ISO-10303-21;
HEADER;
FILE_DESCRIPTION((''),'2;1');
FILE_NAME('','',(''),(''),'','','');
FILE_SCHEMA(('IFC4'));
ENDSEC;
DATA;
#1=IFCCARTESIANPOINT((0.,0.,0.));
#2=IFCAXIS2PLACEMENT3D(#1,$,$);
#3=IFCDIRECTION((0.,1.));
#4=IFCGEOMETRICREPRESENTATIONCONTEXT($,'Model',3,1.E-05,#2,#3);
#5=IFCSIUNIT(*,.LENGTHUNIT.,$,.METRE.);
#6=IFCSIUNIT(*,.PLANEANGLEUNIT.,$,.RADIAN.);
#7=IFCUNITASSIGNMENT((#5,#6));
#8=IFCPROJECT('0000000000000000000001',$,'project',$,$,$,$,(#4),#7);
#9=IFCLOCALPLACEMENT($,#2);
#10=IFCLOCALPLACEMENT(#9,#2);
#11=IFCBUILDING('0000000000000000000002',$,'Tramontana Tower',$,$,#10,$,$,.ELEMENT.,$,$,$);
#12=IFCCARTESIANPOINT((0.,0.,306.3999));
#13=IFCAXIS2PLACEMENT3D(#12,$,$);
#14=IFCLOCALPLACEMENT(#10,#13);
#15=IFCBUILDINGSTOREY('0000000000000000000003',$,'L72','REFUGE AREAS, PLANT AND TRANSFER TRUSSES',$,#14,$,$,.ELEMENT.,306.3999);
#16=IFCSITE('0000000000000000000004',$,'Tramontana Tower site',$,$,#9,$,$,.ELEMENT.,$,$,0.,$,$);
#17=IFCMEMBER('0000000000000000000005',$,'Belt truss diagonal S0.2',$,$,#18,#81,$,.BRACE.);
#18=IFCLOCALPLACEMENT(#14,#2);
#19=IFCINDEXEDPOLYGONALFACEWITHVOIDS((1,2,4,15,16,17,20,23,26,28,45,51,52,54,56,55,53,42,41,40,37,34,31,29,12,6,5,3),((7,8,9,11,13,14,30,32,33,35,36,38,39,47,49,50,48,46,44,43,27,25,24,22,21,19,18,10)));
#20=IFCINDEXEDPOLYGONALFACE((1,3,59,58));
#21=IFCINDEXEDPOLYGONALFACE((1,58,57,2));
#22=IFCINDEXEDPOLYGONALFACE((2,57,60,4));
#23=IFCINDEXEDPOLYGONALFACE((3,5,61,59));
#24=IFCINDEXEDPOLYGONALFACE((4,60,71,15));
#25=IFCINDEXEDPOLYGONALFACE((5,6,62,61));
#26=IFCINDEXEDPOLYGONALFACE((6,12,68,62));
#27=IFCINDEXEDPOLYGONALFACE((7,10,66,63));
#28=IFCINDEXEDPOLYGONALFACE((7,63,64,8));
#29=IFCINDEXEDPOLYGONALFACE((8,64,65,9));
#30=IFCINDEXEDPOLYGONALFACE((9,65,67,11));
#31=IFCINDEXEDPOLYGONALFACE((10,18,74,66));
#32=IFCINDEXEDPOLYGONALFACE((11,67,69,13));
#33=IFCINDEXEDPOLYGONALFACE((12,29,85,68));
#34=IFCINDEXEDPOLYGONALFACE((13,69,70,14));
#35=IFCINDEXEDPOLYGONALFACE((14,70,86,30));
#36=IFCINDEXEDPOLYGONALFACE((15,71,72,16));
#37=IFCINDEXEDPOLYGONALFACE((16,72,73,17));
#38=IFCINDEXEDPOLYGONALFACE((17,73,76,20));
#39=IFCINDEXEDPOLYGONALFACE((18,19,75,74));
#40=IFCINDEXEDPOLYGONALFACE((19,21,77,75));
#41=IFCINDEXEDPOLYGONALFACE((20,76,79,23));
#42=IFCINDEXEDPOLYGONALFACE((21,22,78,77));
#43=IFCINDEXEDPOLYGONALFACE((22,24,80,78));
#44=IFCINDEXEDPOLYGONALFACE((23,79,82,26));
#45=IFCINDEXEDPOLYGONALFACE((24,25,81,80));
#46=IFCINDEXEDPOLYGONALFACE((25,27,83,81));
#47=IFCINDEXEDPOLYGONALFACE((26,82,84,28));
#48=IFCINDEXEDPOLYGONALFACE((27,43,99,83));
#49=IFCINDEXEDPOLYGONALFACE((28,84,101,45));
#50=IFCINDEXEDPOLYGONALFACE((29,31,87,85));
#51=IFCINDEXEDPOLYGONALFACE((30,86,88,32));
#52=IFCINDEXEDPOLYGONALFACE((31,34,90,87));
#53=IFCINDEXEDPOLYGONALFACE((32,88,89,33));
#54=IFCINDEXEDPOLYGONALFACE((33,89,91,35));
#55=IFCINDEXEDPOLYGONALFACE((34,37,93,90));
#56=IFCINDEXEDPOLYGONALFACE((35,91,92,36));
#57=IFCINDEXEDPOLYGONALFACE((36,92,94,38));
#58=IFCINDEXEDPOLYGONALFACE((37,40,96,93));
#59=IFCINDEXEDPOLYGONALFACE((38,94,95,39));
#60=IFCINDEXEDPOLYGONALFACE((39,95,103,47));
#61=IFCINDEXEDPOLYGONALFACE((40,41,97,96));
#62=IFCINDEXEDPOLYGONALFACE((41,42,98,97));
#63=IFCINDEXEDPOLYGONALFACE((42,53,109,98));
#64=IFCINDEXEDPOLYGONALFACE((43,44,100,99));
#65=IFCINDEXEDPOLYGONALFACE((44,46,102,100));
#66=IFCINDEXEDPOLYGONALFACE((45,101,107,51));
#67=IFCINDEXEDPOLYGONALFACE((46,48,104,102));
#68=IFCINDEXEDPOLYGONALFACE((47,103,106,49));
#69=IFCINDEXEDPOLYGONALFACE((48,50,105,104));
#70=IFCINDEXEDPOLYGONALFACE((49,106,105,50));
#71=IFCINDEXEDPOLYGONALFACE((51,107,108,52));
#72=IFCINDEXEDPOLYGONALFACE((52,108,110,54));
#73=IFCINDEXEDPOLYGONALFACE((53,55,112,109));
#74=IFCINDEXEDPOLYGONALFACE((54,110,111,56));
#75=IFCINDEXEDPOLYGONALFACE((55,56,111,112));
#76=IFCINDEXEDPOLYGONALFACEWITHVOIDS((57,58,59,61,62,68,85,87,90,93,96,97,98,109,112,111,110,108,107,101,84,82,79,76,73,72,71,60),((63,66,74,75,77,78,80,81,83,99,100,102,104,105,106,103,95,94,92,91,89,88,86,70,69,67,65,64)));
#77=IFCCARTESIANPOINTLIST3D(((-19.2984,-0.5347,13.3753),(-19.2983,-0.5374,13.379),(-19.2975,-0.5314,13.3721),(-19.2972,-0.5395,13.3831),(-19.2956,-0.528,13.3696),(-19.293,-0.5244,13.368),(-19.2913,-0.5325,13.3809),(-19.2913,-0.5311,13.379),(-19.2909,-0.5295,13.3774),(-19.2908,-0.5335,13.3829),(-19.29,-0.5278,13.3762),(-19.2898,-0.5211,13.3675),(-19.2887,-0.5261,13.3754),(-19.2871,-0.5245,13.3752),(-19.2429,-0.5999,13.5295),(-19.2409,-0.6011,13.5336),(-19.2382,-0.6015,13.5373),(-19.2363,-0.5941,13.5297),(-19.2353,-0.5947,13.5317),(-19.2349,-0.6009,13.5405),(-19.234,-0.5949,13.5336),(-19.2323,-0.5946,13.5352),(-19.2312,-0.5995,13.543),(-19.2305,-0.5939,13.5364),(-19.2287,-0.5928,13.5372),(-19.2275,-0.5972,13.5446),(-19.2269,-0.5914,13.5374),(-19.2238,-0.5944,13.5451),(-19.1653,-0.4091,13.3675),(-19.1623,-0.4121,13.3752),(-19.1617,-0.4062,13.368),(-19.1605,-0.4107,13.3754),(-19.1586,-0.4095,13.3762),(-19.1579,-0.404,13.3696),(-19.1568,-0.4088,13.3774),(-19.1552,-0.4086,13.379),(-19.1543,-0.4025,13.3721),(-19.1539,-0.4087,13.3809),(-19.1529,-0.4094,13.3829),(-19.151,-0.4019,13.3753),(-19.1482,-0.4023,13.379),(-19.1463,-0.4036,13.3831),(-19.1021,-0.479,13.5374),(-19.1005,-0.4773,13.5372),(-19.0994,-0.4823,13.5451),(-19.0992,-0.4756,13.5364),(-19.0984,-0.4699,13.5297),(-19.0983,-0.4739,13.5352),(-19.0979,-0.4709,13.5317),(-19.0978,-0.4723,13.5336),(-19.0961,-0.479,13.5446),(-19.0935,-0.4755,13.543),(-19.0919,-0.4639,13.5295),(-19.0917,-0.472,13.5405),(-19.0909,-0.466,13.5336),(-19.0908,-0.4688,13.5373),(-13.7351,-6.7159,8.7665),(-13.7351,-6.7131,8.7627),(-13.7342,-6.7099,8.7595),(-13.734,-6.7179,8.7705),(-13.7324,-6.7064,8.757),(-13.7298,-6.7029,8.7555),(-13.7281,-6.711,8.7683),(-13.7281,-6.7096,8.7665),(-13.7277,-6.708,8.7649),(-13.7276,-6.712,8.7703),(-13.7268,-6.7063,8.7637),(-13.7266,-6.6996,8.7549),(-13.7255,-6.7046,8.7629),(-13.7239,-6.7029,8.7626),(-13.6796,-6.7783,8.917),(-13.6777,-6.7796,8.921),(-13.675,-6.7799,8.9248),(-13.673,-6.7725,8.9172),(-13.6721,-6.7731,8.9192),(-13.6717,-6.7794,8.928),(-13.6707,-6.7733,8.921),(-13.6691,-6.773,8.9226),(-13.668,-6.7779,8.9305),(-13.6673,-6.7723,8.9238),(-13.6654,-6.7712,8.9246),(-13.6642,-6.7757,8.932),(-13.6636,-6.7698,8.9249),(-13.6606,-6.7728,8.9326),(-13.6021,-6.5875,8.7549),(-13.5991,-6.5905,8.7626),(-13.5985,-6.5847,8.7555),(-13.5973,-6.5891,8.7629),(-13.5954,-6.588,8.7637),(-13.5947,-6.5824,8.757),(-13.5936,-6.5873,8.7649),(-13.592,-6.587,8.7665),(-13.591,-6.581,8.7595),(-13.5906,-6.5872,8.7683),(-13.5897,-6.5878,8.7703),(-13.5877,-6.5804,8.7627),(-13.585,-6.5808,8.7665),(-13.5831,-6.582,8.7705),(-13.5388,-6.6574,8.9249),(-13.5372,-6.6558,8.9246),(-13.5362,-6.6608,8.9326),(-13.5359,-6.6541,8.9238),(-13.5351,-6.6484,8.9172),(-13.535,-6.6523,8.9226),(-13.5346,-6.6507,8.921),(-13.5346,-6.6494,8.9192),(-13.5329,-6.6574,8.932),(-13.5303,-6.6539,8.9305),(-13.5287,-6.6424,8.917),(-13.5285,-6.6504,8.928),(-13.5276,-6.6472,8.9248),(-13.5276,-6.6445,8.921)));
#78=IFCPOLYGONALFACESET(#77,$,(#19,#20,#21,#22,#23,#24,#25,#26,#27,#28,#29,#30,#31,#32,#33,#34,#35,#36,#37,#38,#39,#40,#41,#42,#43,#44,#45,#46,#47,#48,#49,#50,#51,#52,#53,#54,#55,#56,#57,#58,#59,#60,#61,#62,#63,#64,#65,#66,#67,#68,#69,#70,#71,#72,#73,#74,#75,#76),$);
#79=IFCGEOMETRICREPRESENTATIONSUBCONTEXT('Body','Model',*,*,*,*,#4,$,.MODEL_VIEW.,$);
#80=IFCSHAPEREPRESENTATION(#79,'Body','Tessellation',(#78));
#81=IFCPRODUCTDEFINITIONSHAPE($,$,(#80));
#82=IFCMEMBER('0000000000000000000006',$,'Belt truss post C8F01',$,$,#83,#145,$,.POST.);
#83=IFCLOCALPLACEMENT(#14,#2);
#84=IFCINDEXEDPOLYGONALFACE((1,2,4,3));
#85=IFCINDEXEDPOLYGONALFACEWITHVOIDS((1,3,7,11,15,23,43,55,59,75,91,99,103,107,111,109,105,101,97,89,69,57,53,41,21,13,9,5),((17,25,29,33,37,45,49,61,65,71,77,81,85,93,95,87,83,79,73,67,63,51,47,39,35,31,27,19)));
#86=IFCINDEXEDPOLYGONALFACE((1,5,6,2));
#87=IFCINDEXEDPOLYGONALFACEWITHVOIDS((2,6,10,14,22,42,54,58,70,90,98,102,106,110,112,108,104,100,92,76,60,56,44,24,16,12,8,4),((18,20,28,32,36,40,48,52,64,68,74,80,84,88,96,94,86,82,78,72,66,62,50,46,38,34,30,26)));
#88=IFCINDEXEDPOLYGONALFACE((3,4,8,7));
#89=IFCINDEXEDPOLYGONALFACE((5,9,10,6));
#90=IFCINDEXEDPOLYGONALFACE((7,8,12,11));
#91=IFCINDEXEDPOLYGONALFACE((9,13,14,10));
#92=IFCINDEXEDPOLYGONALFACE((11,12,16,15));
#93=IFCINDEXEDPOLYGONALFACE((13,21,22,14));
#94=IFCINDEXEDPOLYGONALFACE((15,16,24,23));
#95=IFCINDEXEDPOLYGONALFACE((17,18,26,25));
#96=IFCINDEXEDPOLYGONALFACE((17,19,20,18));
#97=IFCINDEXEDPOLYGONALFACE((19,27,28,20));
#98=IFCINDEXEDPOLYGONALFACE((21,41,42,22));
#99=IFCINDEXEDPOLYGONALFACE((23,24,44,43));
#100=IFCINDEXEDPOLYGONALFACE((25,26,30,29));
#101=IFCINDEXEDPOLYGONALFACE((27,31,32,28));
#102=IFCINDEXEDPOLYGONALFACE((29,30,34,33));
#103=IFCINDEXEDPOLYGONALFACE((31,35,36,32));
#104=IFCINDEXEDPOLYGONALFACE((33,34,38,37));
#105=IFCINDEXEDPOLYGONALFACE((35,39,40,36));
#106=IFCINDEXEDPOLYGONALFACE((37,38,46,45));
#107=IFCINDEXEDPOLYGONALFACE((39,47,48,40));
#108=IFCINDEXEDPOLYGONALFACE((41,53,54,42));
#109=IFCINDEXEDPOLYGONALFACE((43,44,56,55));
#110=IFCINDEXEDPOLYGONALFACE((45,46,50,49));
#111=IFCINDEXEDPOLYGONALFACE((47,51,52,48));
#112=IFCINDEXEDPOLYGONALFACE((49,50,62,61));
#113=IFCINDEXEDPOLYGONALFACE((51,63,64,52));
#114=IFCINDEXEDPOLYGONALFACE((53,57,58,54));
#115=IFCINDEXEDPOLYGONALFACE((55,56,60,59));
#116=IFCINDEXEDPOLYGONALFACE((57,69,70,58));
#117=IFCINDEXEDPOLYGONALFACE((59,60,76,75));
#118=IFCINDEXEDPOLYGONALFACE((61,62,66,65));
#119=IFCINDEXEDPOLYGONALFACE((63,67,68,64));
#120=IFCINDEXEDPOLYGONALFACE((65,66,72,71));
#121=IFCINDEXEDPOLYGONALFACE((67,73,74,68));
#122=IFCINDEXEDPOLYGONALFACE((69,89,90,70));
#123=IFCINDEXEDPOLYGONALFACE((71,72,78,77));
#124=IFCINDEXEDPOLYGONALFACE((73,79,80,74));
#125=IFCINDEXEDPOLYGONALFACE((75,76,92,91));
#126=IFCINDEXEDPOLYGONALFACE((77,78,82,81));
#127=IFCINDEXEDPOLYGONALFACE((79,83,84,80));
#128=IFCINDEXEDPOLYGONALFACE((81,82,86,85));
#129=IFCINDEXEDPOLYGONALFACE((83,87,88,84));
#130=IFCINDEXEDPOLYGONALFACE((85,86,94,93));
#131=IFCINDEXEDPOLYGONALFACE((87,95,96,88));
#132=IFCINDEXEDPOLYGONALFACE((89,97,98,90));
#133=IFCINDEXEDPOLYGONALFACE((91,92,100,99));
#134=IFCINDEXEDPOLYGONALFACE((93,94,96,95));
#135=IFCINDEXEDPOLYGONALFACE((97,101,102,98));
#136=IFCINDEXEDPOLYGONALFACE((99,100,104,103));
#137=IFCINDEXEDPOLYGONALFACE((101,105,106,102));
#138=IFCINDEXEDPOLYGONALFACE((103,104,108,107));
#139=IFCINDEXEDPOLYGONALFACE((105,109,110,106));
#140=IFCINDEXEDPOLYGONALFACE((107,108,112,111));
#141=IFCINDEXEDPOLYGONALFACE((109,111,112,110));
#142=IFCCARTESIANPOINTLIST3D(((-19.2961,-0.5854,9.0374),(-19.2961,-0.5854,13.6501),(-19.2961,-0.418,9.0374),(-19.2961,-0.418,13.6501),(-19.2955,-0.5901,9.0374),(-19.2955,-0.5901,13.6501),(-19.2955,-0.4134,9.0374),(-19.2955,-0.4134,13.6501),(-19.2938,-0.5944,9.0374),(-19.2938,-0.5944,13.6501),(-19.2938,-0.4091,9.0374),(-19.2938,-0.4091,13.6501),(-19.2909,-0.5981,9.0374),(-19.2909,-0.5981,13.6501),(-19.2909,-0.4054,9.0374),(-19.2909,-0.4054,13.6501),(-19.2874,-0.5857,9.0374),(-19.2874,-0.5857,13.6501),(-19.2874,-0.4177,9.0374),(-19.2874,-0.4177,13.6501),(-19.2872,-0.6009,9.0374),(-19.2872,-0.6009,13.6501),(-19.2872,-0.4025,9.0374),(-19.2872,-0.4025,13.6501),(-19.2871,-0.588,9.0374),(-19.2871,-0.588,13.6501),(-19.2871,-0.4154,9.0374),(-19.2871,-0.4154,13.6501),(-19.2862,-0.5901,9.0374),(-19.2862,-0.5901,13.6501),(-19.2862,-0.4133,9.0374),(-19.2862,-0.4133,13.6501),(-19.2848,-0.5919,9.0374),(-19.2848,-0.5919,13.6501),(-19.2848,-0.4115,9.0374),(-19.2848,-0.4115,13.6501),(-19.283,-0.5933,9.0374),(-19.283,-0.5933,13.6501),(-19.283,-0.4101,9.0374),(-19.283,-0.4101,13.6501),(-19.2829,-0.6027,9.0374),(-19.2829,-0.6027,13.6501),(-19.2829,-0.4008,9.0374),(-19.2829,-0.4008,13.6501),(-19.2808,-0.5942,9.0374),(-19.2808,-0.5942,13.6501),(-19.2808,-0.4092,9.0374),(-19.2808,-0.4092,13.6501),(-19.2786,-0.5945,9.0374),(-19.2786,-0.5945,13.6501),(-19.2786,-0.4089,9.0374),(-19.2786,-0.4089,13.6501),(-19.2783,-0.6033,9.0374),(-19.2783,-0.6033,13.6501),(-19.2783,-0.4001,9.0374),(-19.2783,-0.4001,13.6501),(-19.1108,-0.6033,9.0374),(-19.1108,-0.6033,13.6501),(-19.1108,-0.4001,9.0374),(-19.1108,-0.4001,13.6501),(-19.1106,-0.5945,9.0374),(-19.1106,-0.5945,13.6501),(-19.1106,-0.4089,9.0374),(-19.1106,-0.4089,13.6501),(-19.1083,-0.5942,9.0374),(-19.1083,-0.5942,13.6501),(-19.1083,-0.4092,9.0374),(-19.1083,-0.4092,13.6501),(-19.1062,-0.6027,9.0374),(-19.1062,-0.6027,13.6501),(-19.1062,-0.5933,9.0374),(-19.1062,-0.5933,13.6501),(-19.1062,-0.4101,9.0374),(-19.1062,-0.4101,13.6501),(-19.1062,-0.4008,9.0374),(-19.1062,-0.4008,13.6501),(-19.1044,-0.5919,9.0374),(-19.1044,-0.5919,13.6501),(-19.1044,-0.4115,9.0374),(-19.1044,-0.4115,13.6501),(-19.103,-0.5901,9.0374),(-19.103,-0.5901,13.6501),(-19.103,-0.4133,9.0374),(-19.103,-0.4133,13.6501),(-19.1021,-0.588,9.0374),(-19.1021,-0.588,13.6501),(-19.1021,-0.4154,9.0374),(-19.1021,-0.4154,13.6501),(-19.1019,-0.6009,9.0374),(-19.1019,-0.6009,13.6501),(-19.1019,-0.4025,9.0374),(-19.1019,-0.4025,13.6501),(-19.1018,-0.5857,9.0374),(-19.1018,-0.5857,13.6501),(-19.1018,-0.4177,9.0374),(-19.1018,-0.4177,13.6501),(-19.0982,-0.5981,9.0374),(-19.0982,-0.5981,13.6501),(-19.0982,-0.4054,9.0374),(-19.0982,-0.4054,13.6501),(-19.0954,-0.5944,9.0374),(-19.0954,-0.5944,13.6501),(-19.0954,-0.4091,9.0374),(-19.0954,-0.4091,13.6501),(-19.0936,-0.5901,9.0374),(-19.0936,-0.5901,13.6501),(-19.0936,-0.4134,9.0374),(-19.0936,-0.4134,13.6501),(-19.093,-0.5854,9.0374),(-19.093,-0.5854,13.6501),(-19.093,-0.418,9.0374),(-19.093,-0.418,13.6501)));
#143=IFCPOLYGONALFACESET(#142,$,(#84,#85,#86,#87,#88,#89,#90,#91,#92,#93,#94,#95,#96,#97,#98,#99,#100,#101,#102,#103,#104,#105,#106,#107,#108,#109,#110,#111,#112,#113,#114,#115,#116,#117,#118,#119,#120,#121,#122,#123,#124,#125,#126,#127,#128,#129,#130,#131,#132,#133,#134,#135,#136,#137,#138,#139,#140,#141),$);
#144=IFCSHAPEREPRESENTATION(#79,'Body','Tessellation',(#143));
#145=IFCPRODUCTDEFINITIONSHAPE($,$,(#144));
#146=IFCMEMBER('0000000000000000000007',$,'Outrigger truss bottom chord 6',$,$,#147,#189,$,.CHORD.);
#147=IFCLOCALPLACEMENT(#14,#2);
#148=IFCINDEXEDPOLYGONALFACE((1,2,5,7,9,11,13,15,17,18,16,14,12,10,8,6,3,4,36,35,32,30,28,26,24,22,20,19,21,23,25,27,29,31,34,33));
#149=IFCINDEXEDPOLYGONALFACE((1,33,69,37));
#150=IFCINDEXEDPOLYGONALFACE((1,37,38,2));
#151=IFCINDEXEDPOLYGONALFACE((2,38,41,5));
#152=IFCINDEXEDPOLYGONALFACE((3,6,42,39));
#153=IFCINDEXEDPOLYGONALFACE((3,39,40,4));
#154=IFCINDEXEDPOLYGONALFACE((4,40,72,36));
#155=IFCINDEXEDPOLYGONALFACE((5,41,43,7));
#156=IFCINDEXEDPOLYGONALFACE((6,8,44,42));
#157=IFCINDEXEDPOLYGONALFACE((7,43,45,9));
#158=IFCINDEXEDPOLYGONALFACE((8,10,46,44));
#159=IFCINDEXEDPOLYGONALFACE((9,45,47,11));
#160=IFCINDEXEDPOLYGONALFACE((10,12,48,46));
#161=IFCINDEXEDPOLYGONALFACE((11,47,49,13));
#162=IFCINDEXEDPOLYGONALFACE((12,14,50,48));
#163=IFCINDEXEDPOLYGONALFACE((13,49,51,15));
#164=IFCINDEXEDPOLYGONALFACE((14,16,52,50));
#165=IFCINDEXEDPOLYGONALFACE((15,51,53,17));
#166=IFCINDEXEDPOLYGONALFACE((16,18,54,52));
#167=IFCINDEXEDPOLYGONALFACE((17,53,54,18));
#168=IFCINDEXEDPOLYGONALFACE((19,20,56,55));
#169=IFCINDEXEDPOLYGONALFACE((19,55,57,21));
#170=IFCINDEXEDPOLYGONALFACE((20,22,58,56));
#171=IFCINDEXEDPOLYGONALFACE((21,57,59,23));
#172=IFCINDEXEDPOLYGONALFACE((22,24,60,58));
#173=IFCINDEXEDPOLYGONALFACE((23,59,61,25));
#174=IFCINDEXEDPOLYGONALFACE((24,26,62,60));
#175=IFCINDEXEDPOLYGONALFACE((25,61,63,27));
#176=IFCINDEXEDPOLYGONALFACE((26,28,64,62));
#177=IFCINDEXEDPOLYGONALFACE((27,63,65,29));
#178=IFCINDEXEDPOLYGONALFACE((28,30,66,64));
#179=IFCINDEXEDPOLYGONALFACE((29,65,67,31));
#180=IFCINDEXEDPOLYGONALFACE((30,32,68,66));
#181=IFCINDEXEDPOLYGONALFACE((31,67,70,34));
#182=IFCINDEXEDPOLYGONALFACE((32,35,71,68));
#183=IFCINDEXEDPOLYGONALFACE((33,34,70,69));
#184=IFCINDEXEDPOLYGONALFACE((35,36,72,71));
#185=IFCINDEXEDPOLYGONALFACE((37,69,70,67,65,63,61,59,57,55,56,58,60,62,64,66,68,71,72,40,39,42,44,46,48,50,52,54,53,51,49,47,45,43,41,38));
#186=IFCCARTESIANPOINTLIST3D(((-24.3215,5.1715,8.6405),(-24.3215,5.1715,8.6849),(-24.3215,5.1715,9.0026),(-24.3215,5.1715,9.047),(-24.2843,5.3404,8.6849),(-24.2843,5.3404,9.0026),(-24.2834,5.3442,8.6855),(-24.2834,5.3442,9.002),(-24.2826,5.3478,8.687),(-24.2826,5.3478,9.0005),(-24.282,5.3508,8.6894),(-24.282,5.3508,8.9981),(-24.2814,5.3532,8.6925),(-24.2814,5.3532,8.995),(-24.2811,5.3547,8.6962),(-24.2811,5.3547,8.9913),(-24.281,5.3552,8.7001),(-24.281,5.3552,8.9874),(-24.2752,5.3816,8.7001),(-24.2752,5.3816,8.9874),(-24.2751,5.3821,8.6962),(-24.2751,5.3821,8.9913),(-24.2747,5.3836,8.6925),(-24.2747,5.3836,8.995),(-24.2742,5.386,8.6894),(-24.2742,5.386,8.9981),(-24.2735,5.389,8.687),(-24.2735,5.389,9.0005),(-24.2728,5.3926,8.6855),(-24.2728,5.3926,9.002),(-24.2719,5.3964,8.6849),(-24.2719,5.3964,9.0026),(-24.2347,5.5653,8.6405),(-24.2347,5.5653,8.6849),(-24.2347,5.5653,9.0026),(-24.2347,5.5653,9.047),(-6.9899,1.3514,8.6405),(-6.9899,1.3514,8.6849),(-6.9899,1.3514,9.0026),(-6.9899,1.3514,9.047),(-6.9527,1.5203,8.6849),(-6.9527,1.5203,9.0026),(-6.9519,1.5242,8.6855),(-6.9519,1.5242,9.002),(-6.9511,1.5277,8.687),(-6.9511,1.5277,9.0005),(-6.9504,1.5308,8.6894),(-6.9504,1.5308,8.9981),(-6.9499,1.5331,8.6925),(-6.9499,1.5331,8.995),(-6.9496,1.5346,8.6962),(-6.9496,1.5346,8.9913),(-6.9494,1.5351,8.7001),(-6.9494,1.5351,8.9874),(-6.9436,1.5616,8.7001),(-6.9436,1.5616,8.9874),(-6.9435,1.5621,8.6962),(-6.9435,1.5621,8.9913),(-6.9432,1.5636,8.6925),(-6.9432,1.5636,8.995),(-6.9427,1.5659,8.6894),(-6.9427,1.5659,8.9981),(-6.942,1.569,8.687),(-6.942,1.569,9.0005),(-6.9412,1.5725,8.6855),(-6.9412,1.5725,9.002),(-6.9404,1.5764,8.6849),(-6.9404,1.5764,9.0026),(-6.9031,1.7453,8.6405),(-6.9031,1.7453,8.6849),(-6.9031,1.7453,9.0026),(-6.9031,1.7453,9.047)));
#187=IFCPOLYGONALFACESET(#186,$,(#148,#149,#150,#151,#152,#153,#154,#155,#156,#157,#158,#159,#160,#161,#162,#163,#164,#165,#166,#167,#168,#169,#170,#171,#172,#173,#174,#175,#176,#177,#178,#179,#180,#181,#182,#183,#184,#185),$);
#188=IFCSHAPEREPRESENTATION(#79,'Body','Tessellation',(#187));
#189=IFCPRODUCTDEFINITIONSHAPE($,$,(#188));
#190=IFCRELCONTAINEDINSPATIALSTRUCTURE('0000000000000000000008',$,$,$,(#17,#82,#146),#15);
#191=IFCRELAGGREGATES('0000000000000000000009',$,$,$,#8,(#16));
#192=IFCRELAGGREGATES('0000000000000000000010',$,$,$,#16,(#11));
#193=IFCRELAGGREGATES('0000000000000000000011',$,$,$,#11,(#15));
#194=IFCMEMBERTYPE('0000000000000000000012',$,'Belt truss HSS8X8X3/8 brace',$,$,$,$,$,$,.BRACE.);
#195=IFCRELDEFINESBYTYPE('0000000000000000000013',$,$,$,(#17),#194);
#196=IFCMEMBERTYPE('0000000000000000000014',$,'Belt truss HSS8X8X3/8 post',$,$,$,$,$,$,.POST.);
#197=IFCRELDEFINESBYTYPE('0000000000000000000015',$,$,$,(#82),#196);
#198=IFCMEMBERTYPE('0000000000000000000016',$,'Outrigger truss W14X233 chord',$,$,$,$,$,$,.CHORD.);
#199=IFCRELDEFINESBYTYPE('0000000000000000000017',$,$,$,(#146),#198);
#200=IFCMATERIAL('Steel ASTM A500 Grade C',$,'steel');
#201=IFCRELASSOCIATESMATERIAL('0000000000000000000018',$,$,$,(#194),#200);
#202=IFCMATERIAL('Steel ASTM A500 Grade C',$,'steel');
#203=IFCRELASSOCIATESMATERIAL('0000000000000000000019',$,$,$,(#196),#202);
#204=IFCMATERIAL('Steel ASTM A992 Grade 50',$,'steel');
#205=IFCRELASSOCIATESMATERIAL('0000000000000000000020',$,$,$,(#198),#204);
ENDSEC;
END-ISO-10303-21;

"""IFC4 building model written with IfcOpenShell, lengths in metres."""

from ifc_helpers import new_model, si_unit, direction, frame, origin, origin_2d, place, context, subcontext, project, spatial, hollow_rectangle, i_section, extrude, material, material_profile, profile_set, type_object, element, save


model = new_model("IFC4")

# Units and contexts
model_context = context("Model", 3, precision=1e-05, world=origin(), true_north=direction((0.0, 1.0)))
body_context = subcontext(model_context, "Body", "Model", "MODEL_VIEW")
ifc_project = project(units=[si_unit("LENGTHUNIT", "METRE"), si_unit("PLANEANGLEUNIT", "RADIAN")], contexts=[model_context])

# Site, building, storey
site_placement = place(None, origin())
site = spatial("IfcSite", under=ifc_project, at=site_placement, Name="Tramontana Tower site", CompositionType="ELEMENT", RefElevation=0.0)
building_placement = place(site_placement, origin())
building = spatial("IfcBuilding", under=site, at=building_placement, Name="Tramontana Tower", CompositionType="ELEMENT")
storey_placement = place(building_placement, frame((0.0, 0.0, 306.3999)))
storey = spatial("IfcBuildingStorey", under=building, at=storey_placement, Name="L72", Description="REFUGE AREAS, PLANT AND TRANSFER TRUSSES", CompositionType="ELEMENT", Elevation=306.3999)

# Members
ifc_material_1 = material(Name="Steel ASTM A500 Grade C", Category="steel")
ifc_material_profile_1 = material_profile(ifc_material_1, hollow_rectangle(XDim=0.2031, YDim=0.2031, WallThickness=0.0088, InnerFilletRadius=0.0088, OuterFilletRadius=0.0178, at=origin_2d()), Name="HSS8X8X3/8")
ifc_profile_set_1 = profile_set([ifc_material_profile_1], Name="Steel ASTM A500 Grade C")
member_type_1 = type_object("IfcMemberType", Name="Belt truss HSS8X8X3/8 brace", PredefinedType="BRACE", material=ifc_profile_set_1)
member_1_placement = place(storey_placement, frame((-19.1946, -0.5017, 13.4563), z_axis=(0.585122, -0.64983, -0.485132), x_axis=(0.743138, 0.669138, 0.0)))
element("IfcMember", 1, at=member_1_placement, inside=storey, type_object=member_type_1, Name="Belt truss diagonal S0.2", PredefinedType="BRACE", context=body_context, shape_type="SweptSolid", body=[
    extrude(hollow_rectangle(XDim=0.2031, YDim=0.2031, WallThickness=0.0088, InnerFilletRadius=0.0088, OuterFilletRadius=0.0178, at=origin_2d()), origin(), (0.0, 0.0, 1.0), 9.5078),
])
ifc_material_2 = material(Name="Steel ASTM A500 Grade C", Category="steel")
ifc_material_profile_2 = material_profile(ifc_material_2, hollow_rectangle(XDim=0.2031, YDim=0.2031, WallThickness=0.0088, InnerFilletRadius=0.0088, OuterFilletRadius=0.0178, at=origin_2d()), Name="HSS8X8X3/8")
ifc_profile_set_2 = profile_set([ifc_material_profile_2], Name="Steel ASTM A500 Grade C")
member_type_2 = type_object("IfcMemberType", Name="Belt truss HSS8X8X3/8 post", PredefinedType="POST", material=ifc_profile_set_2)
member_2_placement = place(storey_placement, frame((-19.1946, -0.5017, 9.0374), z_axis=(0.0, 0.0, 1.0), x_axis=(1.0, 0.0, 0.0)))
element("IfcMember", 2, at=member_2_placement, inside=storey, type_object=member_type_2, Name="Belt truss post C8F01", PredefinedType="POST", context=body_context, shape_type="SweptSolid", body=[
    extrude(hollow_rectangle(XDim=0.2031, YDim=0.2031, WallThickness=0.0088, InnerFilletRadius=0.0088, OuterFilletRadius=0.0178, at=origin_2d()), origin(), (0.0, 0.0, 1.0), 4.6128),
])
ifc_material_3 = material(Name="Steel ASTM A992 Grade 50", Category="steel")
ifc_material_profile_3 = material_profile(ifc_material_3, i_section(OverallWidth=0.4033, OverallDepth=0.4065, WebThickness=0.0271, FlangeThickness=0.0444, FilletRadius=0.0151, at=origin_2d()), Name="W14X233")
ifc_profile_set_3 = profile_set([ifc_material_profile_3], Name="Steel ASTM A992 Grade 50")
member_type_3 = type_object("IfcMemberType", Name="Outrigger truss W14X233 chord", PredefinedType="CHORD", material=ifc_profile_set_3)
for number, where, z_axis, x_axis, name in (
    (3, (-6.9465, 1.5483, 8.8438), (-0.97656, 0.215245, 0.0), (-0.215245, -0.97656, 0.0), "Outrigger truss bottom chord 6"),
):
    element("IfcMember", number, at=place(storey_placement, frame(where, z_axis=z_axis, x_axis=x_axis)), inside=storey, type_object=member_type_3, Name=name, PredefinedType="CHORD", context=body_context, shape_type="SweptSolid", body=[
        extrude(i_section(OverallWidth=0.4033, OverallDepth=0.4065, WebThickness=0.0271, FlangeThickness=0.0444, FilletRadius=0.0151, at=origin_2d()), origin(), (0.0, 0.0, 1.0), 17.7476),
    ])

save(model, "model.ifc")
